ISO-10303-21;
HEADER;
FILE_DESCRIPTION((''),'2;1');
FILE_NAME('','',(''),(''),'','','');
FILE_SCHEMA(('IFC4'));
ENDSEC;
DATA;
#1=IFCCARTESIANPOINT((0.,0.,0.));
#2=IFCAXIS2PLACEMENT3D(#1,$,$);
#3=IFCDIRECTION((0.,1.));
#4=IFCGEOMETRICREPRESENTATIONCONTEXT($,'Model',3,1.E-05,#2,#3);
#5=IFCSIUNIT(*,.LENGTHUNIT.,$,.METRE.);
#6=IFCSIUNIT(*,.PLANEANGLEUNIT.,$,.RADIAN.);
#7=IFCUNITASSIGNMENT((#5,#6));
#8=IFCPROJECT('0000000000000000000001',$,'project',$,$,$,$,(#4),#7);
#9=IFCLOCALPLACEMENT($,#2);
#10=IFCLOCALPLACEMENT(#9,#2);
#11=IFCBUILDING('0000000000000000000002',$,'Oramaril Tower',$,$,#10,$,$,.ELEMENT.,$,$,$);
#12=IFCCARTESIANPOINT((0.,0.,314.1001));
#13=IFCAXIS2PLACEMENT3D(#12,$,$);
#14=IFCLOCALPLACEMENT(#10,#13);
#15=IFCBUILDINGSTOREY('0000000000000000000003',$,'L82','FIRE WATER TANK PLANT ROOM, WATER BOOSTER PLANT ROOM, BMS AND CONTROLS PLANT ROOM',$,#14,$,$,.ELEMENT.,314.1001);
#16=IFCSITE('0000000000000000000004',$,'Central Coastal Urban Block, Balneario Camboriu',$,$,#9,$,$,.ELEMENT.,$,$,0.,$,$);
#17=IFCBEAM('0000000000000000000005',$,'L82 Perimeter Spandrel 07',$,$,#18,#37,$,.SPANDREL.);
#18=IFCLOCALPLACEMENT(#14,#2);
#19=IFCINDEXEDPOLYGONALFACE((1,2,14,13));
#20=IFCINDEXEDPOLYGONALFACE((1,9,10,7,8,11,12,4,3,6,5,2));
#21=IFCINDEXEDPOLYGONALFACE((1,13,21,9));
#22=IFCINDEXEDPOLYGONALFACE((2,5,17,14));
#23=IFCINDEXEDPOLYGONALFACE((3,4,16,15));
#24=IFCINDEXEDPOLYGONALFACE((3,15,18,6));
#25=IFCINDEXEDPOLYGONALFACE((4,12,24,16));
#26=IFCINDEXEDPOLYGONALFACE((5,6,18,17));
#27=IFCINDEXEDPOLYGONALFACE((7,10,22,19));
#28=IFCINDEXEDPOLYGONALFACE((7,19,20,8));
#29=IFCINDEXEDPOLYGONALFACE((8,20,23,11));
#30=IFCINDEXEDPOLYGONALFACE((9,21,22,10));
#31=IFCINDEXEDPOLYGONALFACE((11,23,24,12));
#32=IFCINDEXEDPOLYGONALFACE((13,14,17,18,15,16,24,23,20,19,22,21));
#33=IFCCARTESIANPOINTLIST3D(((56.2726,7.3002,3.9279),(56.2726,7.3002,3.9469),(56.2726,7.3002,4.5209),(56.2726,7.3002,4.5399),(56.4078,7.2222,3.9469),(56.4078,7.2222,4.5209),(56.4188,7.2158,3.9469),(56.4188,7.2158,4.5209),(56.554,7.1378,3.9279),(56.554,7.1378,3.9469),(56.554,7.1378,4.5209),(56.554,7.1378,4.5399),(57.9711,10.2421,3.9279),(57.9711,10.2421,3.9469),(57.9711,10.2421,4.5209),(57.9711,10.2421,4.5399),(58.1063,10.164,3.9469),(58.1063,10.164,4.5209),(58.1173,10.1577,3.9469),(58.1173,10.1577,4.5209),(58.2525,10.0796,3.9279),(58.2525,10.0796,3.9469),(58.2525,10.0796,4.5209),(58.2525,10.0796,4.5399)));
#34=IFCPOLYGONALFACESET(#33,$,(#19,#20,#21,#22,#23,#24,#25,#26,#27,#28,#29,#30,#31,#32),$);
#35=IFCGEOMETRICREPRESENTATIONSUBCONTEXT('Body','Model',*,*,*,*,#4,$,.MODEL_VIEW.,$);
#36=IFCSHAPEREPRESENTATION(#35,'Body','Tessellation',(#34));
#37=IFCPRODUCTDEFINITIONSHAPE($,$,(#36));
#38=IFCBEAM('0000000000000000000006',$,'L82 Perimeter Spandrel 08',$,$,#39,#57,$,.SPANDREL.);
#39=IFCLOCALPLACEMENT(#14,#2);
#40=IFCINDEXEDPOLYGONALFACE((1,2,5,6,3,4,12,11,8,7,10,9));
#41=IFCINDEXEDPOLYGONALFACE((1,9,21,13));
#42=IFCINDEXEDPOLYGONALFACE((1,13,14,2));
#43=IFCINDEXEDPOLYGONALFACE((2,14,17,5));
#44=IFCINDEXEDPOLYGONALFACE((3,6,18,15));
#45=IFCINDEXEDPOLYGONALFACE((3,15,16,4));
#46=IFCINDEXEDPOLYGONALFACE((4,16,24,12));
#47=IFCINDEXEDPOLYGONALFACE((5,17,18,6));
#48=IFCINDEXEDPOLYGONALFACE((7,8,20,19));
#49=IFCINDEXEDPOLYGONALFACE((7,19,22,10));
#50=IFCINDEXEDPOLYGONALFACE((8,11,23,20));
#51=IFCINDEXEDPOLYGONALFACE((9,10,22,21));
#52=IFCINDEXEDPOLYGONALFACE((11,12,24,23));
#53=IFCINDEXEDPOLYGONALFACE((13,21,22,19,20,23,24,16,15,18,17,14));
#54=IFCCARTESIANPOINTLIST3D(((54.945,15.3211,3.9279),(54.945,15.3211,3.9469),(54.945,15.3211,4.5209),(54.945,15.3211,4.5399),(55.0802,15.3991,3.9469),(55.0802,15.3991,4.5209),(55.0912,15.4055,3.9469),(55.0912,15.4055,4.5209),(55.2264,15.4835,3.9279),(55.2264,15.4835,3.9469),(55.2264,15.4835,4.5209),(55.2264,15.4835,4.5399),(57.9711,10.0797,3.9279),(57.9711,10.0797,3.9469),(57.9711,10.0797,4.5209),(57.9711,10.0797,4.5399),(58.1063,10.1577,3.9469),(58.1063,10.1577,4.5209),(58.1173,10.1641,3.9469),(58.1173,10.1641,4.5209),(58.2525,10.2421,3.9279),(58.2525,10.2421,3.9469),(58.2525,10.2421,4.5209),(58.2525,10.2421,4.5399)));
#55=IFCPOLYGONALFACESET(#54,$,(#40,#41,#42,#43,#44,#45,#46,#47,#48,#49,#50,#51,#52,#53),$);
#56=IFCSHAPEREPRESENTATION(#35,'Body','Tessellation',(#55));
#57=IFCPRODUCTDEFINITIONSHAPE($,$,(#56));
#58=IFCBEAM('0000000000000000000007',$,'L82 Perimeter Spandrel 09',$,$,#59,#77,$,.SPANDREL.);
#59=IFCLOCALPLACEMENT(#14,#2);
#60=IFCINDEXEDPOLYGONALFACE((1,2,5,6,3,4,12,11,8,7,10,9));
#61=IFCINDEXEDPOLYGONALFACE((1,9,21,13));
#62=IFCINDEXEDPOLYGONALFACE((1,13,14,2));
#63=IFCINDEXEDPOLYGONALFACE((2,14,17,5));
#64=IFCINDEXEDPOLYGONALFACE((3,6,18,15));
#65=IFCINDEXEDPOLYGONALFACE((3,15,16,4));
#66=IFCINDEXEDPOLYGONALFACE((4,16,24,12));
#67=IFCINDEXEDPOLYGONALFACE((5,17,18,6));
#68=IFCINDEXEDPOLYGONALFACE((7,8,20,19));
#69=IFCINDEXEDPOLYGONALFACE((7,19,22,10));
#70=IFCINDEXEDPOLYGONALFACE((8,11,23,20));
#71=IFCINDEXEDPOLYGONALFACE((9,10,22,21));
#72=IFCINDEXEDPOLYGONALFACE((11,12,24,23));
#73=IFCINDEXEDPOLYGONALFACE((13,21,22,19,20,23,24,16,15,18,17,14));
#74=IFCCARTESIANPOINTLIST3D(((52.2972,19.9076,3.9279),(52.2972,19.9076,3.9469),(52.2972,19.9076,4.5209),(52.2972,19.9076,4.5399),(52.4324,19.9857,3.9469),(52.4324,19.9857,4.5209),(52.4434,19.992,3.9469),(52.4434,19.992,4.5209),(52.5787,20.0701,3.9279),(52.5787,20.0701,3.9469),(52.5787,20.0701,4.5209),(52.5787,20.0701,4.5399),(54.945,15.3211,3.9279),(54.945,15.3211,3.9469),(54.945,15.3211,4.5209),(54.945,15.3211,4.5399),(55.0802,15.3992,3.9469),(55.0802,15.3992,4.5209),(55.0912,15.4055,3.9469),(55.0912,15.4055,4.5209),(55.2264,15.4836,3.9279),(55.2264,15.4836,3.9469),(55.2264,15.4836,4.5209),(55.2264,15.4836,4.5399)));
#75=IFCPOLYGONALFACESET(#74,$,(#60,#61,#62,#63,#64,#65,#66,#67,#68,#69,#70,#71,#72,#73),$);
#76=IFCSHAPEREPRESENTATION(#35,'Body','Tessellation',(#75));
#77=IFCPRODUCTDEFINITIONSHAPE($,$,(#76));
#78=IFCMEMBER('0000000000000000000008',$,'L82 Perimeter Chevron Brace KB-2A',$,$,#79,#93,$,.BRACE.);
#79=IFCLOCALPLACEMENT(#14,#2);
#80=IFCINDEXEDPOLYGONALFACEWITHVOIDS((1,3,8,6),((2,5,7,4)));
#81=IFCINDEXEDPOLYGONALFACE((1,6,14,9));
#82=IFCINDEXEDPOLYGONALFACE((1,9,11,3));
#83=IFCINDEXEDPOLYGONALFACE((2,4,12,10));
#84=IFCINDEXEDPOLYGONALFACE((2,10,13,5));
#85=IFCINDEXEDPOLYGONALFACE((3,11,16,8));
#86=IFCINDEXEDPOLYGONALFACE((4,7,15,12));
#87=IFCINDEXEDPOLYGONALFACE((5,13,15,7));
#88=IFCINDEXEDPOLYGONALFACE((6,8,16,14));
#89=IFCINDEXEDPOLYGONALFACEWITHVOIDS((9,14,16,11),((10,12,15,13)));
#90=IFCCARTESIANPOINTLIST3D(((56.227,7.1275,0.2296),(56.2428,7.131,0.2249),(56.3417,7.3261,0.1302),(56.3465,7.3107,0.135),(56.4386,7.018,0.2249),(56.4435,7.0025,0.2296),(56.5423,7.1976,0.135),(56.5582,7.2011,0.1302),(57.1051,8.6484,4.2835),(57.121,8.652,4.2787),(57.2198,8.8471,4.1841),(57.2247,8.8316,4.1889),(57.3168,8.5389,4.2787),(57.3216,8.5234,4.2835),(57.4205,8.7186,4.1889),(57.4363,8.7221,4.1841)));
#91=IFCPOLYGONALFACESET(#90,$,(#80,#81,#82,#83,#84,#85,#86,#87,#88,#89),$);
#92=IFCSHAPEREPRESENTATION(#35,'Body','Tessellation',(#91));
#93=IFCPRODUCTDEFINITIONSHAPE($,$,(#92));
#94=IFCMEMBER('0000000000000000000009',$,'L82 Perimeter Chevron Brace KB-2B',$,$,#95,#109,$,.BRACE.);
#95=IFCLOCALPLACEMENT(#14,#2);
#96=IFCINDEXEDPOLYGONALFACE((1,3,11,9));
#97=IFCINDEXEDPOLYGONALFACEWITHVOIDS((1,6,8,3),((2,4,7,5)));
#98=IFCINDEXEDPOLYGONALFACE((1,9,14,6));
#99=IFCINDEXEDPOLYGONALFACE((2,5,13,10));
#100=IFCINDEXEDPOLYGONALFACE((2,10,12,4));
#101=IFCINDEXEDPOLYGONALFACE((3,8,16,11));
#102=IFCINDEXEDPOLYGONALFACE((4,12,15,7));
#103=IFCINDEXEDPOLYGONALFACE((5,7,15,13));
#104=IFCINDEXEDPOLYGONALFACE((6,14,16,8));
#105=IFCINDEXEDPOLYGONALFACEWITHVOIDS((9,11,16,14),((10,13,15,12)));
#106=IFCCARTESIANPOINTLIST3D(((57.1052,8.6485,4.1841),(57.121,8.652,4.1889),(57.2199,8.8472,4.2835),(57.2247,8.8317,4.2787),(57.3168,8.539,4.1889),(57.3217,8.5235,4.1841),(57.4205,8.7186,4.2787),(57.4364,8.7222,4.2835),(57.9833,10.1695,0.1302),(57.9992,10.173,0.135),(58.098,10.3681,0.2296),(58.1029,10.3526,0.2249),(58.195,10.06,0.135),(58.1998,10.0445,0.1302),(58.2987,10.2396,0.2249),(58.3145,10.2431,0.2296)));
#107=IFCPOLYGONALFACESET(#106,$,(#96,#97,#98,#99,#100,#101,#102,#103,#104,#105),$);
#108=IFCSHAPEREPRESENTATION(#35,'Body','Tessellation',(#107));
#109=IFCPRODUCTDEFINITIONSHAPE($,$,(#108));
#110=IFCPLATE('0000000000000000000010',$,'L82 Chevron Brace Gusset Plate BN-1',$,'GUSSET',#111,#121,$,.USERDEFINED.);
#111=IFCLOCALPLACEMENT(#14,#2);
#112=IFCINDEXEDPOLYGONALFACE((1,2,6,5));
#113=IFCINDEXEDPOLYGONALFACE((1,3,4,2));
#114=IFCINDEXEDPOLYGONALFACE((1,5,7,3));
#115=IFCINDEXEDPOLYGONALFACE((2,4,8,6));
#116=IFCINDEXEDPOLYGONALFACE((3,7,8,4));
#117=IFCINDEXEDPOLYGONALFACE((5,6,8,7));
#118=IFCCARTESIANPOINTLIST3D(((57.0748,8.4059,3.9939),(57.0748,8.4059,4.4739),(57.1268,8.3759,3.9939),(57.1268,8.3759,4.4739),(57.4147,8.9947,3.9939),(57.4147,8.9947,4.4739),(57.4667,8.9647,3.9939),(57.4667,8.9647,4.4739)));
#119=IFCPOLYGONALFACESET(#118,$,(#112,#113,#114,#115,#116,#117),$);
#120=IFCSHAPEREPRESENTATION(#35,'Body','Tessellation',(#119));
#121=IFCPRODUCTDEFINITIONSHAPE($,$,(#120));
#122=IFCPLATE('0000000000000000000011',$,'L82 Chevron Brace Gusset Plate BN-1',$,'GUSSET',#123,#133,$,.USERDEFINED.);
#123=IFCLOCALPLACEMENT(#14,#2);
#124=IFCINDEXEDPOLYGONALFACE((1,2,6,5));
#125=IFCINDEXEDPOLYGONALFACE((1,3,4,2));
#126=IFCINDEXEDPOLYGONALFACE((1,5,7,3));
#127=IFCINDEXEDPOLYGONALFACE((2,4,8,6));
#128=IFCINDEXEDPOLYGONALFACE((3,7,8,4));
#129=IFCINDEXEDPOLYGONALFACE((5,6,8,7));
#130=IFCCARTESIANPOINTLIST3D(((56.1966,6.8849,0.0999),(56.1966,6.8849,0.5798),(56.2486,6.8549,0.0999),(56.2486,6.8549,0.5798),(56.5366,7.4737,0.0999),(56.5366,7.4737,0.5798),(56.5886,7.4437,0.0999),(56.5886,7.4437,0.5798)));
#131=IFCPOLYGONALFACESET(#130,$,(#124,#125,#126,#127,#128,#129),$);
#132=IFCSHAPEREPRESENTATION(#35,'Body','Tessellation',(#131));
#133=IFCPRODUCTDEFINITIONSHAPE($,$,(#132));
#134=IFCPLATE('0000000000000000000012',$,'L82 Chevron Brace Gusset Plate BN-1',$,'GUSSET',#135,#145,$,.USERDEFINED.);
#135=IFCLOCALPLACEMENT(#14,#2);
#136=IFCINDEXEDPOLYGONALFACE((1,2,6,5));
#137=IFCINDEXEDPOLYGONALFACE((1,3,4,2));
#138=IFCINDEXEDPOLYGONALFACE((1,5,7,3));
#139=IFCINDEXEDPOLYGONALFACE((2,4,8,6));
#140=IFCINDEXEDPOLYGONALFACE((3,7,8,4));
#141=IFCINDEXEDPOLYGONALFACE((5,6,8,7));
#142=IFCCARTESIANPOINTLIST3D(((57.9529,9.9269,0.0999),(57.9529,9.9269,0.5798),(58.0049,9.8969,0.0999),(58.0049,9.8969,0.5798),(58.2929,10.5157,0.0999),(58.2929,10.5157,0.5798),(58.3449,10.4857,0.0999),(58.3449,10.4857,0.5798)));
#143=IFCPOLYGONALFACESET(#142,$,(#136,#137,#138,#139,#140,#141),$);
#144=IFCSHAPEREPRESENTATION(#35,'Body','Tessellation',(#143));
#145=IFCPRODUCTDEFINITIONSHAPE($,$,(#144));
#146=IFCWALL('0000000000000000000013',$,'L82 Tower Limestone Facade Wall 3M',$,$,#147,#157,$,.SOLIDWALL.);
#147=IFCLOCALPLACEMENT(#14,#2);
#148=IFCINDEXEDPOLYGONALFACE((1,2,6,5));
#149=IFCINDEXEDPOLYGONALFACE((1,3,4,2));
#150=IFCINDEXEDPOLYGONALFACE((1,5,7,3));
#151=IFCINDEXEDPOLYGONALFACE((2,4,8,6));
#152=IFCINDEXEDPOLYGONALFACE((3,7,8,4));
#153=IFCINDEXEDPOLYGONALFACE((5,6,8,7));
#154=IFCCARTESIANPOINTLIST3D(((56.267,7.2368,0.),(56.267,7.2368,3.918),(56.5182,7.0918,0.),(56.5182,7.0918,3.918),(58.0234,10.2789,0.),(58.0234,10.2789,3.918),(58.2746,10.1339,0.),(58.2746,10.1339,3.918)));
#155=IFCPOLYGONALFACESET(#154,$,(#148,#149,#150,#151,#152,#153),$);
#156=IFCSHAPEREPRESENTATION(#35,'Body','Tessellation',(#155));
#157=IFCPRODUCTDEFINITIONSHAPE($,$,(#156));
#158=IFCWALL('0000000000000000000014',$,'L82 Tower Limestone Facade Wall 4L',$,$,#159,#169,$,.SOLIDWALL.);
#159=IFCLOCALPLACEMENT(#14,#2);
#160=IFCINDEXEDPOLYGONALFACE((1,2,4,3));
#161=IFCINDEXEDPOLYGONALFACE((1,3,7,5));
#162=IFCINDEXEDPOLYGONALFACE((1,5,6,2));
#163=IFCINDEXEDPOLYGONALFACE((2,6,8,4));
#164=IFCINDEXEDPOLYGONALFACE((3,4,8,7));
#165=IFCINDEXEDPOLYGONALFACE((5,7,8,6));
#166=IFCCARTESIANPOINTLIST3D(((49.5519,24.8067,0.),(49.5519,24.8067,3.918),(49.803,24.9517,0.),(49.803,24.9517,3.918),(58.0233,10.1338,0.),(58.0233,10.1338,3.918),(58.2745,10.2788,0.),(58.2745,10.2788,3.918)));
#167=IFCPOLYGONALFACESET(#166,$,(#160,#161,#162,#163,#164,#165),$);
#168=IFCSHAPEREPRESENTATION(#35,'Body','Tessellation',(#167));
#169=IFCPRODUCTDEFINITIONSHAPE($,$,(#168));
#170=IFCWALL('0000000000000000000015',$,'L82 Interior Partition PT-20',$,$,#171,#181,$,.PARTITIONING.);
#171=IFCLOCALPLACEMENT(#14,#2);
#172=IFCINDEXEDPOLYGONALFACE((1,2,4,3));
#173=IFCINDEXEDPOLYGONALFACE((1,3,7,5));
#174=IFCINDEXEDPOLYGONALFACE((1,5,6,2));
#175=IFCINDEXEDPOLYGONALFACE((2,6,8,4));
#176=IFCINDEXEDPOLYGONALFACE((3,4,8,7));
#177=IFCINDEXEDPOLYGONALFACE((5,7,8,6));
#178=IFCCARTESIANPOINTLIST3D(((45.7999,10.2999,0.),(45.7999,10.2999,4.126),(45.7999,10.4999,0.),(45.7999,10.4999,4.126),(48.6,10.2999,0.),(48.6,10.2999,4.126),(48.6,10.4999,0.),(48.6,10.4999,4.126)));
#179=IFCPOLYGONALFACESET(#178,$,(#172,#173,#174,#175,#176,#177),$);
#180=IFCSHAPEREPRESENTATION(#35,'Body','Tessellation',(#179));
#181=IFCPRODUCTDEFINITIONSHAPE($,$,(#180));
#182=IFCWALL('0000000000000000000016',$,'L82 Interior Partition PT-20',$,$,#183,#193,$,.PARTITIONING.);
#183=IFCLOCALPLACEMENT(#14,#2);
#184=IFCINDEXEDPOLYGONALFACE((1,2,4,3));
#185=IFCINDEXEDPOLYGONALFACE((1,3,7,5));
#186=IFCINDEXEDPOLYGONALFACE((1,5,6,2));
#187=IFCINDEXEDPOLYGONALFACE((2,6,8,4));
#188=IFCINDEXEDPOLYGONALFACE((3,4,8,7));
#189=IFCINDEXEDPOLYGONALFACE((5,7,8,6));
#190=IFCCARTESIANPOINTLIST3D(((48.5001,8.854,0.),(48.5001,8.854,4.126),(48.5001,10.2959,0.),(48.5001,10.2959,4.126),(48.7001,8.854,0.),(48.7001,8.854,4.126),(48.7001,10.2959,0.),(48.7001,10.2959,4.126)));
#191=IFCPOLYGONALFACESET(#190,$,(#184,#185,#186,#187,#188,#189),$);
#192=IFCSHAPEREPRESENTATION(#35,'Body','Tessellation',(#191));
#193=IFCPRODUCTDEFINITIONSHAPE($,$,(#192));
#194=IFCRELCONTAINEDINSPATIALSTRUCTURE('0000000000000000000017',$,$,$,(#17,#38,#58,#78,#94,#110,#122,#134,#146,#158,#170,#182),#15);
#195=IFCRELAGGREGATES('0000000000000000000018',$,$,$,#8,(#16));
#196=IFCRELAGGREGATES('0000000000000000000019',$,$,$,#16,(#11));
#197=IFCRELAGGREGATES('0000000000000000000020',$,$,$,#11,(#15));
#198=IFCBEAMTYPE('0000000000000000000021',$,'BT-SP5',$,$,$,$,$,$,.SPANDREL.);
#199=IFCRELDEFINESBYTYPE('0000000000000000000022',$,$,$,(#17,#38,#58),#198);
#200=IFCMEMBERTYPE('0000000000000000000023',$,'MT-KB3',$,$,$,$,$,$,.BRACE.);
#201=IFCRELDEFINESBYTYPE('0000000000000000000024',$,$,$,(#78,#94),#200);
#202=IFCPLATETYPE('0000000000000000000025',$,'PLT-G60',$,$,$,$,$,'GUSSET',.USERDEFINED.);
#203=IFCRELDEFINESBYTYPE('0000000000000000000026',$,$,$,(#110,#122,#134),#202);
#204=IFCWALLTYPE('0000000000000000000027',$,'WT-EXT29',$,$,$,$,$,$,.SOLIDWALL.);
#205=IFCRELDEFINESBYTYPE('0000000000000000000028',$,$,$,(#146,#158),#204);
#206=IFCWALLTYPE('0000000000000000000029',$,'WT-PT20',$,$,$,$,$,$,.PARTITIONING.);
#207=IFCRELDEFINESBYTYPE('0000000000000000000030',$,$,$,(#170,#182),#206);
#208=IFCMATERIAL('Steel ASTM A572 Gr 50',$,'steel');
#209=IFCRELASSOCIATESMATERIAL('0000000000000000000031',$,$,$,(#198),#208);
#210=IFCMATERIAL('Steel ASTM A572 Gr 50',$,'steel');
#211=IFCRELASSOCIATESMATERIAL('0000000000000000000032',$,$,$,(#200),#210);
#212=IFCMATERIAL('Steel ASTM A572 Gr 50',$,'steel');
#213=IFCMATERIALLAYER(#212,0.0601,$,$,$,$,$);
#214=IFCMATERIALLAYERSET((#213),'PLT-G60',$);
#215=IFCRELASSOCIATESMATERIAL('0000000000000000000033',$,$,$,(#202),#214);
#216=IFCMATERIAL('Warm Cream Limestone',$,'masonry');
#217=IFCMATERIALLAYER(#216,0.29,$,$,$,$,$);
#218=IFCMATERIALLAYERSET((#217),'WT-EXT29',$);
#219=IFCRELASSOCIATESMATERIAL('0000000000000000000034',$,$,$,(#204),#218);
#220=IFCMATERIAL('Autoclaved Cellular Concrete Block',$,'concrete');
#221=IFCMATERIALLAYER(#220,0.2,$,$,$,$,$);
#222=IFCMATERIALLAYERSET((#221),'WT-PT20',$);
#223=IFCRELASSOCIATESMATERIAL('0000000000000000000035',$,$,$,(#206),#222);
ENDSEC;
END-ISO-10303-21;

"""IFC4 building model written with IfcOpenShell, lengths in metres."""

from ifc_helpers import new_model, si_unit, direction, frame, frame_2d, origin, origin_2d, place, context, subcontext, project, spatial, rectangle, hollow_rectangle, i_section, extrude, material, layer, layer_set, material_profile, profile_set, type_object, element, save


model = new_model("IFC4")

# Units and contexts
model_context = context("Model", 3, precision=1e-05, world=origin(), true_north=direction((0.0, 1.0)))
body_context = subcontext(model_context, "Body", "Model", "MODEL_VIEW")
ifc_project = project(units=[si_unit("LENGTHUNIT", "METRE"), si_unit("PLANEANGLEUNIT", "RADIAN")], contexts=[model_context])

# Site, building, storey
site_placement = place(None, origin())
site = spatial("IfcSite", under=ifc_project, at=site_placement, Name="Central Coastal Urban Block, Balneario Camboriu", CompositionType="ELEMENT", RefElevation=0.0)
building_placement = place(site_placement, origin())
building = spatial("IfcBuilding", under=site, at=building_placement, Name="Oramaril Tower", CompositionType="ELEMENT")
storey_placement = place(building_placement, frame((0.0, 0.0, 314.1001)))
storey = spatial("IfcBuildingStorey", under=building, at=storey_placement, Name="L82", Description="FIRE WATER TANK PLANT ROOM, WATER BOOSTER PLANT ROOM, BMS AND CONTROLS PLANT ROOM", CompositionType="ELEMENT", Elevation=314.1001)

# Beams
ifc_material_1 = material(Name="Steel ASTM A572 Gr 50", Category="steel")
ifc_material_profile_1 = material_profile(ifc_material_1, i_section(OverallWidth=0.325, OverallDepth=0.6121, WebThickness=0.0127, FlangeThickness=0.019, at=origin_2d()), Name="W24X104")
ifc_profile_set_1 = profile_set([ifc_material_profile_1], Name="Steel ASTM A572 Gr 50")
beam_type_1 = type_object("IfcBeamType", Name="BT-SP5", PredefinedType="SPANDREL", material=ifc_profile_set_1)
beam_1_placement = place(storey_placement, frame((56.4133, 7.219, 4.2339), z_axis=(0.499996, 0.866028, 0.0), x_axis=(-0.866028, 0.499996, 0.0)))
element("IfcBeam", 1, at=beam_1_placement, inside=storey, type_object=beam_type_1, Name="L82 Perimeter Spandrel 07", PredefinedType="SPANDREL", context=body_context, shape_type="SweptSolid", body=[
    extrude(i_section(OverallWidth=0.325, OverallDepth=0.6121, WebThickness=0.0127, FlangeThickness=0.019, at=origin_2d()), origin(), (0.0, 0.0, 1.0), 3.397),
])
beam_2_placement = place(storey_placement, frame((58.1118, 10.1609, 4.2339), z_axis=(-0.499996, 0.866028, 0.0), x_axis=(-0.866028, -0.499996, 0.0)))
element("IfcBeam", 2, at=beam_2_placement, inside=storey, type_object=beam_type_1, Name="L82 Perimeter Spandrel 08", PredefinedType="SPANDREL", context=body_context, shape_type="SweptSolid", body=[
    extrude(i_section(OverallWidth=0.325, OverallDepth=0.6121, WebThickness=0.0127, FlangeThickness=0.019, at=origin_2d()), origin(), (0.0, 0.0, 1.0), 6.0522),
])
beam_3_placement = place(storey_placement, frame((55.0857, 15.4023, 4.2339), z_axis=(-0.499962, 0.866047, 0.0), x_axis=(-0.866047, -0.499962, 0.0)))
element("IfcBeam", 3, at=beam_3_placement, inside=storey, type_object=beam_type_1, Name="L82 Perimeter Spandrel 09", PredefinedType="SPANDREL", context=body_context, shape_type="SweptSolid", body=[
    extrude(i_section(OverallWidth=0.325, OverallDepth=0.6121, WebThickness=0.0127, FlangeThickness=0.019, at=origin_2d()), origin(), (0.0, 0.0, 1.0), 5.2959),
])

# Members
ifc_material_2 = material(Name="Steel ASTM A572 Gr 50", Category="steel")
ifc_material_profile_2 = material_profile(ifc_material_2, hollow_rectangle(XDim=0.25, YDim=0.25, WallThickness=0.012, at=origin_2d()), Name="HSS250X250X12")
ifc_profile_set_2 = profile_set([ifc_material_profile_2], Name="Steel ASTM A572 Gr 50")
member_type = type_object("IfcMemberType", Name="MT-KB3", PredefinedType="BRACE", material=ifc_profile_set_2)
for number, where, z_axis, x_axis, name in (
    (4, (56.3926, 7.1643, 0.1799), (0.19877, 0.344269, 0.917589), (-0.866019, 0.500011, 0.0), "L82 Perimeter Chevron Brace KB-2A"),
    (5, (58.1489, 10.2063, 0.1799), (-0.19877, -0.344269, 0.917589), (0.866019, -0.500011, 0.0), "L82 Perimeter Chevron Brace KB-2B"),
):
    element("IfcMember", number, at=place(storey_placement, frame(where, z_axis=z_axis, x_axis=x_axis)), inside=storey, type_object=member_type, Name=name, PredefinedType="BRACE", context=body_context, shape_type="SweptSolid", body=[
        extrude(hollow_rectangle(XDim=0.25, YDim=0.25, WallThickness=0.012, at=origin_2d()), origin(), (0.0, 0.0, 1.0), 4.418),
    ])

# Plates
ifc_material_3 = material(Name="Steel ASTM A572 Gr 50", Category="steel")
ifc_layer_1 = layer(ifc_material_3, 0.0601)
ifc_layer_set_1 = layer_set([ifc_layer_1], Name="PLT-G60")
plate_type = type_object("IfcPlateType", Name="PLT-G60", ElementType="GUSSET", PredefinedType="USERDEFINED", material=ifc_layer_set_1)
for number, where, z_axis, x_axis, name in (
    (6, (57.2708, 8.6853, 3.9939), (0.0, 0.0, 1.0), (0.5, 0.866025, 0.0), "L82 Chevron Brace Gusset Plate BN-1"),
    (7, (56.3926, 7.1643, 0.0999), (0.0, 0.0, 1.0), (0.5, 0.866025, 0.0), "L82 Chevron Brace Gusset Plate BN-1"),
    (8, (58.1489, 10.2063, 0.0999), (0.0, 0.0, 1.0), (0.5, 0.866025, 0.0), "L82 Chevron Brace Gusset Plate BN-1"),
):
    element("IfcPlate", number, at=place(storey_placement, frame(where, z_axis=z_axis, x_axis=x_axis)), inside=storey, type_object=plate_type, Name=name, ObjectType="GUSSET", PredefinedType="USERDEFINED", context=body_context, shape_type="SweptSolid", body=[
        extrude(rectangle(XDim=0.6799, YDim=0.0601, at=origin_2d()), origin(), (0.0, 0.0, 1.0), 0.48),
    ])

# Walls
ifc_material_4 = material(Name="Warm Cream Limestone", Category="masonry")
ifc_layer_2 = layer(ifc_material_4, 0.29)
ifc_layer_set_2 = layer_set([ifc_layer_2], Name="WT-EXT29")
wall_type_1 = type_object("IfcWallType", Name="WT-EXT29", PredefinedType="SOLIDWALL", material=ifc_layer_set_2)
wall_1_placement = place(storey_placement, frame((56.3926, 7.1643, 0.0), z_axis=(0.0, 0.0, 1.0), x_axis=(0.500011, 0.866019, 0.0)))
element("IfcWall", 9, at=wall_1_placement, inside=storey, type_object=wall_type_1, Name="L82 Tower Limestone Facade Wall 3M", PredefinedType="SOLIDWALL", context=body_context, shape_type="SweptSolid", body=[
    extrude(rectangle(XDim=3.5127, YDim=0.29, at=frame_2d((1.7563, 0.0))), origin(), (0.0, 0.0, 1.0), 3.918),
])
wall_2_placement = place(storey_placement, frame((58.1489, 10.2063, 0.0), z_axis=(0.0, 0.0, 1.0), x_axis=(-0.500003, 0.866024, 0.0)))
element("IfcWall", 10, at=wall_2_placement, inside=storey, type_object=wall_type_1, Name="L82 Tower Limestone Facade Wall 4L", PredefinedType="SOLIDWALL", context=body_context, shape_type="SweptSolid", body=[
    extrude(rectangle(XDim=16.9429, YDim=0.29, at=frame_2d((8.4714, 0.0))), origin(), (0.0, 0.0, 1.0), 3.918),
])
ifc_material_5 = material(Name="Autoclaved Cellular Concrete Block", Category="concrete")
ifc_layer_3 = layer(ifc_material_5, 0.2)
ifc_layer_set_3 = layer_set([ifc_layer_3], Name="WT-PT20")
wall_type_2 = type_object("IfcWallType", Name="WT-PT20", PredefinedType="PARTITIONING", material=ifc_layer_set_3)
wall_3_placement = place(storey_placement, frame((45.8, 10.3999, 0.0), z_axis=(0.0, 0.0, 1.0), x_axis=(1.0, 0.0, 0.0)))
element("IfcWall", 11, at=wall_3_placement, inside=storey, type_object=wall_type_2, Name="L82 Interior Partition PT-20", PredefinedType="PARTITIONING", context=body_context, shape_type="SweptSolid", body=[
    extrude(rectangle(XDim=2.8, YDim=0.2, at=frame_2d((1.3999, 0.0))), origin(), (0.0, 0.0, 1.0), 4.126),
])
wall_4_placement = place(storey_placement, frame((48.6001, 8.854, 0.0), z_axis=(0.0, 0.0, 1.0), x_axis=(0.0, 1.0, 0.0)))
element("IfcWall", 12, at=wall_4_placement, inside=storey, type_object=wall_type_2, Name="L82 Interior Partition PT-20", PredefinedType="PARTITIONING", context=body_context, shape_type="SweptSolid", body=[
    extrude(rectangle(XDim=1.4419, YDim=0.2, at=frame_2d((0.7209, 0.0))), origin(), (0.0, 0.0, 1.0), 4.126),
])

save(model, "model.ifc")
